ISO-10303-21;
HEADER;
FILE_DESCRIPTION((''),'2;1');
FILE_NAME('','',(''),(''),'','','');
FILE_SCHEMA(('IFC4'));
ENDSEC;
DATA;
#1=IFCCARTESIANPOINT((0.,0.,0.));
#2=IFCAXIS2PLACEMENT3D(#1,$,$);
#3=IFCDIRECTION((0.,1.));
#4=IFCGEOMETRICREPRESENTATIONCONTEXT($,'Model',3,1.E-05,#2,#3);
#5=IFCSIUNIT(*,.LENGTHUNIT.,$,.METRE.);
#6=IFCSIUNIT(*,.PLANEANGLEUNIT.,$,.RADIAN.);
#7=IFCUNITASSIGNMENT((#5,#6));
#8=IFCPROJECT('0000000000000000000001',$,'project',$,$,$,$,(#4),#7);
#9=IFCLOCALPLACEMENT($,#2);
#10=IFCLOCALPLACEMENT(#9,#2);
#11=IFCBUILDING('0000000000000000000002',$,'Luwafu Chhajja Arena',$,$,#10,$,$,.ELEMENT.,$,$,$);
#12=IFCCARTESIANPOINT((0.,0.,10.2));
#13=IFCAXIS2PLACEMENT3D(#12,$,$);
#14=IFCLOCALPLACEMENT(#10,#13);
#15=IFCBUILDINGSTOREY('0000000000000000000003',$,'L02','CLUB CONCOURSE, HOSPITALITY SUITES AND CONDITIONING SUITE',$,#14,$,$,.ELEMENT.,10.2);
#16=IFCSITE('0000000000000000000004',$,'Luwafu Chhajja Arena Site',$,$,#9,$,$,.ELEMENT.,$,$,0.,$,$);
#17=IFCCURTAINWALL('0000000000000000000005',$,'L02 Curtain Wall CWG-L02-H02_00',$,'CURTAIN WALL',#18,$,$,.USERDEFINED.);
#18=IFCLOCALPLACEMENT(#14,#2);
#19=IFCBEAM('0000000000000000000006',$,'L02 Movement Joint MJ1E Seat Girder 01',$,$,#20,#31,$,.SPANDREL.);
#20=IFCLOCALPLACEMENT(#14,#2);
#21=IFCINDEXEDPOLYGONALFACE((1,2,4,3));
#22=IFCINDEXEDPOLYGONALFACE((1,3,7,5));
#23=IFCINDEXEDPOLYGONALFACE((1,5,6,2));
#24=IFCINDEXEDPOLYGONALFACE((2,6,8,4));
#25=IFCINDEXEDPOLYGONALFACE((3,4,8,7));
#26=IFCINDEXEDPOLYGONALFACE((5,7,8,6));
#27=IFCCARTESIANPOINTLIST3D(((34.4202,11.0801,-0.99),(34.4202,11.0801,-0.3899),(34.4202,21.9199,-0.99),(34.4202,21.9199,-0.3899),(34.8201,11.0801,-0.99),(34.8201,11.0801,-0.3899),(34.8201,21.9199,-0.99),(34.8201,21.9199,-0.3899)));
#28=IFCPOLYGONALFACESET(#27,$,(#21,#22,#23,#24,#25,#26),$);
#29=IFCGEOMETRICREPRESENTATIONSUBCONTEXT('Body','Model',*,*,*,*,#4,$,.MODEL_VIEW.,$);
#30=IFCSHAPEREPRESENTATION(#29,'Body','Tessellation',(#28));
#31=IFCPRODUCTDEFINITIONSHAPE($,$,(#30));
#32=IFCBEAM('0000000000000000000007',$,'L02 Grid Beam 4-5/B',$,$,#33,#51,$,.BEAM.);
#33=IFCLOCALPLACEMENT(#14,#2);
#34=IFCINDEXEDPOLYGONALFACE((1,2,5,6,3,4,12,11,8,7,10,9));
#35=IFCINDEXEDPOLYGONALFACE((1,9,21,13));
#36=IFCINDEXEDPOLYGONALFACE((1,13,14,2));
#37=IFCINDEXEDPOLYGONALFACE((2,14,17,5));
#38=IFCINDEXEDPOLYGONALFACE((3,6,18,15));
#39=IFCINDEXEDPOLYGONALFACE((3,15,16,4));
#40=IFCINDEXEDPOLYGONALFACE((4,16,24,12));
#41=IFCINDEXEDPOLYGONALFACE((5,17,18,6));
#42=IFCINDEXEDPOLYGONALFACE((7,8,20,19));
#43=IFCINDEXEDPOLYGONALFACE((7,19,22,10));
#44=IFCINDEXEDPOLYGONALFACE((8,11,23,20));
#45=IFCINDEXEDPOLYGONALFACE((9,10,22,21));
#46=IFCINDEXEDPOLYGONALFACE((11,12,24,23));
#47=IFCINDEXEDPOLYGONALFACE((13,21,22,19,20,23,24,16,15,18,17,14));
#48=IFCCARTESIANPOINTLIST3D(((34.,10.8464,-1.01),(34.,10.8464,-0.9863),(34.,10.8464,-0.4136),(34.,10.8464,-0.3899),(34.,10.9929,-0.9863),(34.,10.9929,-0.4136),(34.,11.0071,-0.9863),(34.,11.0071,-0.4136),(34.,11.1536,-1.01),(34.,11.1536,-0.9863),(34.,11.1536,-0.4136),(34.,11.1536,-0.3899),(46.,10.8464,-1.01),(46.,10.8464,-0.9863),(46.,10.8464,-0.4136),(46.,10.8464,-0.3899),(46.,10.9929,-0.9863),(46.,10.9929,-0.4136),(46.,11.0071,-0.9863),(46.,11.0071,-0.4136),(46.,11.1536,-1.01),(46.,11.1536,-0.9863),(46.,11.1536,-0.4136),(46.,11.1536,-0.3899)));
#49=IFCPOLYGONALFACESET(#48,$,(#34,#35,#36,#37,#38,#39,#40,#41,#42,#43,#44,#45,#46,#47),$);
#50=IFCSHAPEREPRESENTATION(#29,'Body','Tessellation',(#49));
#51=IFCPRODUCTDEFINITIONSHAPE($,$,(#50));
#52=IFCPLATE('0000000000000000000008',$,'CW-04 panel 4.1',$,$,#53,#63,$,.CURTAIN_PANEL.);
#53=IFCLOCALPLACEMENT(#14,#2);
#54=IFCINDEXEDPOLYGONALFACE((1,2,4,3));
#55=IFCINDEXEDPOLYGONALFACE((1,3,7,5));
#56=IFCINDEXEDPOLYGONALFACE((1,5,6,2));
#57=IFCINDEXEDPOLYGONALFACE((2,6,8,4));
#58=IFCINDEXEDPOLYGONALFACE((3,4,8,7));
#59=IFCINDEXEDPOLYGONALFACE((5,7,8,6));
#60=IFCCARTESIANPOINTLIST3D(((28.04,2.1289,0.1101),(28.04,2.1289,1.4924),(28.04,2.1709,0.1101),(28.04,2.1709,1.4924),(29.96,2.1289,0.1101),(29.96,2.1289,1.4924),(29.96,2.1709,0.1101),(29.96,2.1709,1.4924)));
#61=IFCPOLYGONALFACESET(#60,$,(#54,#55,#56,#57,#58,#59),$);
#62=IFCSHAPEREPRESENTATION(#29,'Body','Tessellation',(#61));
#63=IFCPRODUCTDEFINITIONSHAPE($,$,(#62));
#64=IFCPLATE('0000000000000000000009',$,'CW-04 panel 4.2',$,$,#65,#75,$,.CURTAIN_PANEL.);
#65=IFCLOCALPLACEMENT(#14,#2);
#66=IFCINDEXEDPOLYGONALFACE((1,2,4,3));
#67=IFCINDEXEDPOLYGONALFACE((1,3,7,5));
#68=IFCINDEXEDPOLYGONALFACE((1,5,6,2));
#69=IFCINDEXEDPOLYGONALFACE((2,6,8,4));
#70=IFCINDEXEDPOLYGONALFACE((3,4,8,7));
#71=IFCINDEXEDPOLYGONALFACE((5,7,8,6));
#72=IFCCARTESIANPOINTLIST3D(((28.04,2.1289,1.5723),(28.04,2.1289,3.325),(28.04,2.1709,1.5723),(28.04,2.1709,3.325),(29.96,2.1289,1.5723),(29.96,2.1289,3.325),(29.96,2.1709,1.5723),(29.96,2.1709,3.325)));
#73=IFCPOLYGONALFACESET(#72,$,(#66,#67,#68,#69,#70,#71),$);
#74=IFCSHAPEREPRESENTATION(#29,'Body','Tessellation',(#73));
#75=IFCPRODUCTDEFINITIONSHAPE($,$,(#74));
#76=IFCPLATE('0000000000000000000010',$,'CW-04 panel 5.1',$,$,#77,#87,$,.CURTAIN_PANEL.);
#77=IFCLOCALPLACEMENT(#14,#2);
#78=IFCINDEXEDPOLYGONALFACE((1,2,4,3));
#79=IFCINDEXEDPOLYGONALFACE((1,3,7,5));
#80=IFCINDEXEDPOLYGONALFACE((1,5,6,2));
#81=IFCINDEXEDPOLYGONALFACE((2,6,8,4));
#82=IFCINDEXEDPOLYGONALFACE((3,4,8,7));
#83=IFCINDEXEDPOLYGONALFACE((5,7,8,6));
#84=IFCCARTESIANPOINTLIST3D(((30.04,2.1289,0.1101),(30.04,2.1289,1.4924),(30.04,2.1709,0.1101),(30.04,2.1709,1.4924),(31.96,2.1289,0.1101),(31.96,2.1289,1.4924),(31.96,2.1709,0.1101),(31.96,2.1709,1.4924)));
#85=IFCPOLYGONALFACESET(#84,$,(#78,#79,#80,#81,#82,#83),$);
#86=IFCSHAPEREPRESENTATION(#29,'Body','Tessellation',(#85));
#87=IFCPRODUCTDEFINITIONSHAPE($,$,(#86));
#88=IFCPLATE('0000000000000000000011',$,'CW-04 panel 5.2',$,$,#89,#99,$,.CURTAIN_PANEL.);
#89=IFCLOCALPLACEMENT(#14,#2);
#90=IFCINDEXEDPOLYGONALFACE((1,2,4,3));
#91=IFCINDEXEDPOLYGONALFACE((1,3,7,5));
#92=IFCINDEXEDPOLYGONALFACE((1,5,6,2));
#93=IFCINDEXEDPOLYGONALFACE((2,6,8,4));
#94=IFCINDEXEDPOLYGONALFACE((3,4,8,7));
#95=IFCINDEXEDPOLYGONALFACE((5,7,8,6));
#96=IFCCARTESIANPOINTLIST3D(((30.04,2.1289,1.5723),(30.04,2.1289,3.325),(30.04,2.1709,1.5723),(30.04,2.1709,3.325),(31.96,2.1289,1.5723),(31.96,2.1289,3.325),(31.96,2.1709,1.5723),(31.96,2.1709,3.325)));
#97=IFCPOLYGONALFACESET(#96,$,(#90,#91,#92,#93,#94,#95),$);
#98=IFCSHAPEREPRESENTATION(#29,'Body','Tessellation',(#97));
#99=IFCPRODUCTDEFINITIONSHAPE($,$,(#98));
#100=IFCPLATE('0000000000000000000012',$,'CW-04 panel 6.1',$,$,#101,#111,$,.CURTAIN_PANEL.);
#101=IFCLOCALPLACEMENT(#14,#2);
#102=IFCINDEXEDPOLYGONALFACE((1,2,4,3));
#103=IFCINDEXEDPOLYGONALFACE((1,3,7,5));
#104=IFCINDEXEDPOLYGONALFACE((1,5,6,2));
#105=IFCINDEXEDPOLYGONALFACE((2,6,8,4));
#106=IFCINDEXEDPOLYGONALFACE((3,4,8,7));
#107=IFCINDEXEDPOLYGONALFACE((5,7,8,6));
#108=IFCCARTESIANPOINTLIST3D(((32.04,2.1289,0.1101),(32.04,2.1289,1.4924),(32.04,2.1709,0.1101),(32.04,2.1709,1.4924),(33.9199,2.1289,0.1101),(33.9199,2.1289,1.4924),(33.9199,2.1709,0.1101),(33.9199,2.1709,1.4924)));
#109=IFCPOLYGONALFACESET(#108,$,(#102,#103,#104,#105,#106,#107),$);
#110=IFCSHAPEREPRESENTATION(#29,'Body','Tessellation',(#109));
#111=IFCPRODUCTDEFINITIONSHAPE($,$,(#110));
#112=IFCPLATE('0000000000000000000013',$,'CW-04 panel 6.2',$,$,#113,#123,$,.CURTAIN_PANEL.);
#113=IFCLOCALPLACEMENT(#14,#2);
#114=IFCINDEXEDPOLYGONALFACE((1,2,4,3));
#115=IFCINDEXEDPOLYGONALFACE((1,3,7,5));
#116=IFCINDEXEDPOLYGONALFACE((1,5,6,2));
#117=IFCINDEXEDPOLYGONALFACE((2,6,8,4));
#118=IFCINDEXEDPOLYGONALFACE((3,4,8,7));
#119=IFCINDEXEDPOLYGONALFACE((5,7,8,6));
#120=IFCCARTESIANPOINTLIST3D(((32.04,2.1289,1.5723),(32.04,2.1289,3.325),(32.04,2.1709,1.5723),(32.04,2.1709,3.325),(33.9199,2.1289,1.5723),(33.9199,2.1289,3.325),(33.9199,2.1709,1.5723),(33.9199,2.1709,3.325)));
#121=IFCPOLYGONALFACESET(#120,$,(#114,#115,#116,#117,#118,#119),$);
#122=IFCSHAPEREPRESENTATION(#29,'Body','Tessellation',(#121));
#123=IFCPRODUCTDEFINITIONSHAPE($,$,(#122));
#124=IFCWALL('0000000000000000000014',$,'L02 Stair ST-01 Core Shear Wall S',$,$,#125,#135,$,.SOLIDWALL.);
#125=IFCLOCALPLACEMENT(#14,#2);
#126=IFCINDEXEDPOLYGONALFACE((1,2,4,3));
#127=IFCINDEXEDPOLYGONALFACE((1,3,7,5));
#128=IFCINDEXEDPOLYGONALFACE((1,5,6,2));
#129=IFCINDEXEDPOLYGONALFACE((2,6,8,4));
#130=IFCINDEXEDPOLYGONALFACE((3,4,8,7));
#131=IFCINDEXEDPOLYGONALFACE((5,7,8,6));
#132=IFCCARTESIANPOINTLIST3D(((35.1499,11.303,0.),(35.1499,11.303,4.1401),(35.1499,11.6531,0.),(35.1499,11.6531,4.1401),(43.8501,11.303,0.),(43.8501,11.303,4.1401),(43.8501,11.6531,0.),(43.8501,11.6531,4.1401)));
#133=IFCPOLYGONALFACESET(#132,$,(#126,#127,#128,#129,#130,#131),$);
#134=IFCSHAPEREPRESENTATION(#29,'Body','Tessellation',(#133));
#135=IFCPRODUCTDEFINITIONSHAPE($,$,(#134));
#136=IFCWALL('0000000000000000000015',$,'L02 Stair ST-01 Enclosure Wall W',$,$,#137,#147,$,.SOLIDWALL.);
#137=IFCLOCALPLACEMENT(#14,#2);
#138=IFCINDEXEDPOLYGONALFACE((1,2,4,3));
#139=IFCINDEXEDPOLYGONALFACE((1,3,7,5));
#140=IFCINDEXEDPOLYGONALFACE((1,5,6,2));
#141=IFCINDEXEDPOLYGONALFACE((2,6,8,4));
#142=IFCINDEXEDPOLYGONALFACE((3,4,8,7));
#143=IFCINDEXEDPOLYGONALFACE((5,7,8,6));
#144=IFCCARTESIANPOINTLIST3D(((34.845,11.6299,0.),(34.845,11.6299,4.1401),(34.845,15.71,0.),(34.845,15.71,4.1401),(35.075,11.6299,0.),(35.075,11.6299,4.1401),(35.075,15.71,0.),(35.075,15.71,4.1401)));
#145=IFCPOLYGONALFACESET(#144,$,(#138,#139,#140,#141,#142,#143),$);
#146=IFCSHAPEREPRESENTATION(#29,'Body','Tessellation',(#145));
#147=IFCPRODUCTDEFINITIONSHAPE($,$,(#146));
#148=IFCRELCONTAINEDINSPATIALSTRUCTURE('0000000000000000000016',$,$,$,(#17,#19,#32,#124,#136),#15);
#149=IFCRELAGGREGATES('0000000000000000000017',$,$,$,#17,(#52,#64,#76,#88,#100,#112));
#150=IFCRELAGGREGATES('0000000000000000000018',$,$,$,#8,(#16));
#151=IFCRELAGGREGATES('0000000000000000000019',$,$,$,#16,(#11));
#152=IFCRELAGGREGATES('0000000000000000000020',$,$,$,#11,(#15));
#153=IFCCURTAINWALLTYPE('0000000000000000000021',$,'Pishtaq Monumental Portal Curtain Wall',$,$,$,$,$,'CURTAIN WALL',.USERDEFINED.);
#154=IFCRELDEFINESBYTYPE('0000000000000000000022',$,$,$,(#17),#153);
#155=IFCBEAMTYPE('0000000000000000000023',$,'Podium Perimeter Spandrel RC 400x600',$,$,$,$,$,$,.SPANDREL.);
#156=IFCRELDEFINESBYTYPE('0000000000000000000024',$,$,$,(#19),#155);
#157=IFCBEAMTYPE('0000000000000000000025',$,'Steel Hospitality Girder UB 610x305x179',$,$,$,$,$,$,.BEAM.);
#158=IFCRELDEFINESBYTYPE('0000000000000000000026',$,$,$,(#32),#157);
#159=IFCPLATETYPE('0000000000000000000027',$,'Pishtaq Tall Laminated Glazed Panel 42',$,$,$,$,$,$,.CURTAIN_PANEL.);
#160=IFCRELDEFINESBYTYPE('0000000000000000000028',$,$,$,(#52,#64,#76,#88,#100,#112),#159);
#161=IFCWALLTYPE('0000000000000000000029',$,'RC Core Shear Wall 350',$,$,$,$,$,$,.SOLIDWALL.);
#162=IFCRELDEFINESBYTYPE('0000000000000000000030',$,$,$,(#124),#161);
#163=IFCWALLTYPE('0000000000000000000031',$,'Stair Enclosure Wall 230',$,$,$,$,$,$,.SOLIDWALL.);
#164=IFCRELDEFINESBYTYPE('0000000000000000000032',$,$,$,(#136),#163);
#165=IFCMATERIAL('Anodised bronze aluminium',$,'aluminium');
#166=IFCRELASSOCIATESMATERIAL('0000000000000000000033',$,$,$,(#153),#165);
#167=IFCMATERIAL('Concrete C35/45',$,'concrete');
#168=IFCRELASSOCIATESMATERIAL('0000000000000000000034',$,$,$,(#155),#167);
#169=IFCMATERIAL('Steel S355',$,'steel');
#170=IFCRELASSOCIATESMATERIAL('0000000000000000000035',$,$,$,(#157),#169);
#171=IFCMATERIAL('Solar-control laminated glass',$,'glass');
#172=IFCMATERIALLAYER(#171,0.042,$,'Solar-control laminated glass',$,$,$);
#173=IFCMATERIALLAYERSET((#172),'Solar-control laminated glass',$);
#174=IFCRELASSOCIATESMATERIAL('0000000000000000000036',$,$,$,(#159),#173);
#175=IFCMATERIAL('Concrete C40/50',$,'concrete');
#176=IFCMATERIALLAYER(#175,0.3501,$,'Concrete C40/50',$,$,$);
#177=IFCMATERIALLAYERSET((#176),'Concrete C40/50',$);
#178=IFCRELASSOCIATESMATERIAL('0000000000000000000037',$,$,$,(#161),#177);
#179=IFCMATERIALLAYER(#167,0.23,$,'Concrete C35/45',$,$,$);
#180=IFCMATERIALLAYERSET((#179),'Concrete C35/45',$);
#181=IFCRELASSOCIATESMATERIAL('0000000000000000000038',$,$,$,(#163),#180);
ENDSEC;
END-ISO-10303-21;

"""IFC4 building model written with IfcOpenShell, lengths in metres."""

from ifc_helpers import new_model, si_unit, direction, frame, frame_2d, origin, origin_2d, place, context, subcontext, project, spatial, rectangle, i_section, extrude, material, layer, layer_set, material_profile, profile_set, type_object, element, aggregate, save


model = new_model("IFC4")

# Units and contexts
model_context = context("Model", 3, precision=1e-05, world=origin(), true_north=direction((0.0, 1.0)))
body_context = subcontext(model_context, "Body", "Model", "MODEL_VIEW")
ifc_project = project(units=[si_unit("LENGTHUNIT", "METRE"), si_unit("PLANEANGLEUNIT", "RADIAN")], contexts=[model_context])

# Site, building, storey
site_placement = place(None, origin())
site = spatial("IfcSite", under=ifc_project, at=site_placement, Name="Luwafu Chhajja Arena Site", CompositionType="ELEMENT", RefElevation=0.0)
building_placement = place(site_placement, origin())
building = spatial("IfcBuilding", under=site, at=building_placement, Name="Luwafu Chhajja Arena", CompositionType="ELEMENT")
storey_placement = place(building_placement, frame((0.0, 0.0, 10.2)))
storey = spatial("IfcBuildingStorey", under=building, at=storey_placement, Name="L02", Description="CLUB CONCOURSE, HOSPITALITY SUITES AND CONDITIONING SUITE", CompositionType="ELEMENT", Elevation=10.2)

# Shared definitions
ifc_material_1 = material(Name="Concrete C35/45", Category="concrete")

# Shared definitions
ifc_material_2 = material(Name="Steel S355", Category="steel")

# Curtain wall
ifc_material_3 = material(Name="Anodised bronze aluminium", Category="aluminium")
curtain_wall_type = type_object("IfcCurtainWallType", Name="Pishtaq Monumental Portal Curtain Wall", ElementType="CURTAIN WALL", PredefinedType="USERDEFINED", material=ifc_material_3)
curtain_wall_placement = place(storey_placement, origin())
curtain_wall = element("IfcCurtainWall", 1, at=curtain_wall_placement, inside=storey, type_object=curtain_wall_type, Name="L02 Curtain Wall CWG-L02-H02_00", ObjectType="CURTAIN WALL", PredefinedType="USERDEFINED")

# Beams
ifc_material_profile_1 = material_profile(ifc_material_1, rectangle(XDim=0.3999, YDim=0.6001, at=origin_2d()), Name="RC 400x600")
ifc_profile_set_1 = profile_set([ifc_material_profile_1], Name="Concrete C35/45")
beam_type_1 = type_object("IfcBeamType", Name="Podium Perimeter Spandrel RC 400x600", PredefinedType="SPANDREL", material=ifc_profile_set_1)
for number, where, z_axis, x_axis, name in (
    (2, (34.6201, 11.0801, -0.6899), (0.0, 1.0, 0.0), (-1.0, 0.0, 0.0), "L02 Movement Joint MJ1E Seat Girder 01"),
):
    element("IfcBeam", number, at=place(storey_placement, frame(where, z_axis=z_axis, x_axis=x_axis)), inside=storey, type_object=beam_type_1, Name=name, PredefinedType="SPANDREL", context=body_context, shape_type="SweptSolid", body=[
        extrude(rectangle(XDim=0.3999, YDim=0.6001, at=origin_2d()), origin(), (0.0, 0.0, 1.0), 10.8398),
    ])
ifc_material_profile_2 = material_profile(ifc_material_2, i_section(OverallWidth=0.3071, OverallDepth=0.6201, WebThickness=0.0142, FlangeThickness=0.0237, at=origin_2d()), Name="UB 610x305x179")
ifc_profile_set_2 = profile_set([ifc_material_profile_2], Name="Steel S355")
beam_type_2 = type_object("IfcBeamType", Name="Steel Hospitality Girder UB 610x305x179", PredefinedType="BEAM", material=ifc_profile_set_2)
beam_1_placement = place(storey_placement, frame((34.0, 11.0, -0.7), z_axis=(1.0, 0.0, 0.0), x_axis=(0.0, 1.0, 0.0)))
element("IfcBeam", 3, at=beam_1_placement, inside=storey, type_object=beam_type_2, Name="L02 Grid Beam 4-5/B", PredefinedType="BEAM", context=body_context, shape_type="SweptSolid", body=[
    extrude(i_section(OverallWidth=0.3071, OverallDepth=0.6201, WebThickness=0.0142, FlangeThickness=0.0237, at=origin_2d()), origin(), (0.0, 0.0, 1.0), 12.0),
])

# Plates
ifc_material_4 = material(Name="Solar-control laminated glass", Category="glass")
ifc_layer_1 = layer(ifc_material_4, 0.042, Name="Solar-control laminated glass")
ifc_layer_set_1 = layer_set([ifc_layer_1], Name="Solar-control laminated glass")
plate_type = type_object("IfcPlateType", Name="Pishtaq Tall Laminated Glazed Panel 42", PredefinedType="CURTAIN_PANEL", material=ifc_layer_set_1)
plate_1_placement = place(storey_placement, frame((29.0, 2.1499, 0.1101), z_axis=(0.0, 0.0, 1.0), x_axis=(1.0, 0.0, 0.0)))
plate_1 = element("IfcPlate", 4, at=plate_1_placement, type_object=plate_type, Name="CW-04 panel 4.1", PredefinedType="CURTAIN_PANEL", context=body_context, shape_type="SweptSolid", body=[
    extrude(rectangle(XDim=1.9199, YDim=0.042, at=origin_2d()), origin(), (0.0, 0.0, 1.0), 1.3823),
])
plate_2_placement = place(storey_placement, frame((29.0, 2.1499, 1.5723), z_axis=(0.0, 0.0, 1.0), x_axis=(1.0, 0.0, 0.0)))
plate_2 = element("IfcPlate", 5, at=plate_2_placement, type_object=plate_type, Name="CW-04 panel 4.2", PredefinedType="CURTAIN_PANEL", context=body_context, shape_type="SweptSolid", body=[
    extrude(rectangle(XDim=1.9199, YDim=0.042, at=origin_2d()), origin(), (0.0, 0.0, 1.0), 1.7527),
])
plate_3_placement = place(storey_placement, frame((31.0, 2.1499, 0.1101), z_axis=(0.0, 0.0, 1.0), x_axis=(1.0, 0.0, 0.0)))
plate_3 = element("IfcPlate", 6, at=plate_3_placement, type_object=plate_type, Name="CW-04 panel 5.1", PredefinedType="CURTAIN_PANEL", context=body_context, shape_type="SweptSolid", body=[
    extrude(rectangle(XDim=1.9199, YDim=0.042, at=origin_2d()), origin(), (0.0, 0.0, 1.0), 1.3823),
])
plate_4_placement = place(storey_placement, frame((31.0, 2.1499, 1.5723), z_axis=(0.0, 0.0, 1.0), x_axis=(1.0, 0.0, 0.0)))
plate_4 = element("IfcPlate", 7, at=plate_4_placement, type_object=plate_type, Name="CW-04 panel 5.2", PredefinedType="CURTAIN_PANEL", context=body_context, shape_type="SweptSolid", body=[
    extrude(rectangle(XDim=1.9199, YDim=0.042, at=origin_2d()), origin(), (0.0, 0.0, 1.0), 1.7527),
])
plate_5_placement = place(storey_placement, frame((32.98, 2.1499, 0.1101), z_axis=(0.0, 0.0, 1.0), x_axis=(1.0, 0.0, 0.0)))
plate_5 = element("IfcPlate", 8, at=plate_5_placement, type_object=plate_type, Name="CW-04 panel 6.1", PredefinedType="CURTAIN_PANEL", context=body_context, shape_type="SweptSolid", body=[
    extrude(rectangle(XDim=1.8799, YDim=0.042, at=origin_2d()), origin(), (0.0, 0.0, 1.0), 1.3823),
])
plate_6_placement = place(storey_placement, frame((32.98, 2.1499, 1.5723), z_axis=(0.0, 0.0, 1.0), x_axis=(1.0, 0.0, 0.0)))
plate_6 = element("IfcPlate", 9, at=plate_6_placement, type_object=plate_type, Name="CW-04 panel 6.2", PredefinedType="CURTAIN_PANEL", context=body_context, shape_type="SweptSolid", body=[
    extrude(rectangle(XDim=1.8799, YDim=0.042, at=origin_2d()), origin(), (0.0, 0.0, 1.0), 1.7527),
])
aggregate(curtain_wall, [plate_1, plate_2, plate_3, plate_4, plate_5, plate_6])

# Walls
ifc_material_5 = material(Name="Concrete C40/50", Category="concrete")
ifc_layer_2 = layer(ifc_material_5, 0.3501, Name="Concrete C40/50")
ifc_layer_set_2 = layer_set([ifc_layer_2], Name="Concrete C40/50")
wall_type_1 = type_object("IfcWallType", Name="RC Core Shear Wall 350", PredefinedType="SOLIDWALL", material=ifc_layer_set_2)
wall_1_placement = place(storey_placement, frame((35.1499, 11.478, 0.0), z_axis=(0.0, 0.0, 1.0), x_axis=(1.0, 0.0, 0.0)))
element("IfcWall", 10, at=wall_1_placement, inside=storey, type_object=wall_type_1, Name="L02 Stair ST-01 Core Shear Wall S", PredefinedType="SOLIDWALL", context=body_context, shape_type="SweptSolid", body=[
    extrude(rectangle(XDim=8.7002, YDim=0.3501, at=frame_2d((4.3501, 0.0))), origin(), (0.0, 0.0, 1.0), 4.1401),
])
ifc_layer_3 = layer(ifc_material_1, 0.23, Name="Concrete C35/45")
ifc_layer_set_3 = layer_set([ifc_layer_3], Name="Concrete C35/45")
wall_type_2 = type_object("IfcWallType", Name="Stair Enclosure Wall 230", PredefinedType="SOLIDWALL", material=ifc_layer_set_3)
wall_2_placement = place(storey_placement, frame((34.96, 11.6299, 0.0), z_axis=(0.0, 0.0, 1.0), x_axis=(0.0, 1.0, 0.0)))
element("IfcWall", 11, at=wall_2_placement, inside=storey, type_object=wall_type_2, Name="L02 Stair ST-01 Enclosure Wall W", PredefinedType="SOLIDWALL", context=body_context, shape_type="SweptSolid", body=[
    extrude(rectangle(XDim=4.0801, YDim=0.23, at=frame_2d((2.04, 0.0))), origin(), (0.0, 0.0, 1.0), 4.1401),
])

save(model, "model.ifc")
